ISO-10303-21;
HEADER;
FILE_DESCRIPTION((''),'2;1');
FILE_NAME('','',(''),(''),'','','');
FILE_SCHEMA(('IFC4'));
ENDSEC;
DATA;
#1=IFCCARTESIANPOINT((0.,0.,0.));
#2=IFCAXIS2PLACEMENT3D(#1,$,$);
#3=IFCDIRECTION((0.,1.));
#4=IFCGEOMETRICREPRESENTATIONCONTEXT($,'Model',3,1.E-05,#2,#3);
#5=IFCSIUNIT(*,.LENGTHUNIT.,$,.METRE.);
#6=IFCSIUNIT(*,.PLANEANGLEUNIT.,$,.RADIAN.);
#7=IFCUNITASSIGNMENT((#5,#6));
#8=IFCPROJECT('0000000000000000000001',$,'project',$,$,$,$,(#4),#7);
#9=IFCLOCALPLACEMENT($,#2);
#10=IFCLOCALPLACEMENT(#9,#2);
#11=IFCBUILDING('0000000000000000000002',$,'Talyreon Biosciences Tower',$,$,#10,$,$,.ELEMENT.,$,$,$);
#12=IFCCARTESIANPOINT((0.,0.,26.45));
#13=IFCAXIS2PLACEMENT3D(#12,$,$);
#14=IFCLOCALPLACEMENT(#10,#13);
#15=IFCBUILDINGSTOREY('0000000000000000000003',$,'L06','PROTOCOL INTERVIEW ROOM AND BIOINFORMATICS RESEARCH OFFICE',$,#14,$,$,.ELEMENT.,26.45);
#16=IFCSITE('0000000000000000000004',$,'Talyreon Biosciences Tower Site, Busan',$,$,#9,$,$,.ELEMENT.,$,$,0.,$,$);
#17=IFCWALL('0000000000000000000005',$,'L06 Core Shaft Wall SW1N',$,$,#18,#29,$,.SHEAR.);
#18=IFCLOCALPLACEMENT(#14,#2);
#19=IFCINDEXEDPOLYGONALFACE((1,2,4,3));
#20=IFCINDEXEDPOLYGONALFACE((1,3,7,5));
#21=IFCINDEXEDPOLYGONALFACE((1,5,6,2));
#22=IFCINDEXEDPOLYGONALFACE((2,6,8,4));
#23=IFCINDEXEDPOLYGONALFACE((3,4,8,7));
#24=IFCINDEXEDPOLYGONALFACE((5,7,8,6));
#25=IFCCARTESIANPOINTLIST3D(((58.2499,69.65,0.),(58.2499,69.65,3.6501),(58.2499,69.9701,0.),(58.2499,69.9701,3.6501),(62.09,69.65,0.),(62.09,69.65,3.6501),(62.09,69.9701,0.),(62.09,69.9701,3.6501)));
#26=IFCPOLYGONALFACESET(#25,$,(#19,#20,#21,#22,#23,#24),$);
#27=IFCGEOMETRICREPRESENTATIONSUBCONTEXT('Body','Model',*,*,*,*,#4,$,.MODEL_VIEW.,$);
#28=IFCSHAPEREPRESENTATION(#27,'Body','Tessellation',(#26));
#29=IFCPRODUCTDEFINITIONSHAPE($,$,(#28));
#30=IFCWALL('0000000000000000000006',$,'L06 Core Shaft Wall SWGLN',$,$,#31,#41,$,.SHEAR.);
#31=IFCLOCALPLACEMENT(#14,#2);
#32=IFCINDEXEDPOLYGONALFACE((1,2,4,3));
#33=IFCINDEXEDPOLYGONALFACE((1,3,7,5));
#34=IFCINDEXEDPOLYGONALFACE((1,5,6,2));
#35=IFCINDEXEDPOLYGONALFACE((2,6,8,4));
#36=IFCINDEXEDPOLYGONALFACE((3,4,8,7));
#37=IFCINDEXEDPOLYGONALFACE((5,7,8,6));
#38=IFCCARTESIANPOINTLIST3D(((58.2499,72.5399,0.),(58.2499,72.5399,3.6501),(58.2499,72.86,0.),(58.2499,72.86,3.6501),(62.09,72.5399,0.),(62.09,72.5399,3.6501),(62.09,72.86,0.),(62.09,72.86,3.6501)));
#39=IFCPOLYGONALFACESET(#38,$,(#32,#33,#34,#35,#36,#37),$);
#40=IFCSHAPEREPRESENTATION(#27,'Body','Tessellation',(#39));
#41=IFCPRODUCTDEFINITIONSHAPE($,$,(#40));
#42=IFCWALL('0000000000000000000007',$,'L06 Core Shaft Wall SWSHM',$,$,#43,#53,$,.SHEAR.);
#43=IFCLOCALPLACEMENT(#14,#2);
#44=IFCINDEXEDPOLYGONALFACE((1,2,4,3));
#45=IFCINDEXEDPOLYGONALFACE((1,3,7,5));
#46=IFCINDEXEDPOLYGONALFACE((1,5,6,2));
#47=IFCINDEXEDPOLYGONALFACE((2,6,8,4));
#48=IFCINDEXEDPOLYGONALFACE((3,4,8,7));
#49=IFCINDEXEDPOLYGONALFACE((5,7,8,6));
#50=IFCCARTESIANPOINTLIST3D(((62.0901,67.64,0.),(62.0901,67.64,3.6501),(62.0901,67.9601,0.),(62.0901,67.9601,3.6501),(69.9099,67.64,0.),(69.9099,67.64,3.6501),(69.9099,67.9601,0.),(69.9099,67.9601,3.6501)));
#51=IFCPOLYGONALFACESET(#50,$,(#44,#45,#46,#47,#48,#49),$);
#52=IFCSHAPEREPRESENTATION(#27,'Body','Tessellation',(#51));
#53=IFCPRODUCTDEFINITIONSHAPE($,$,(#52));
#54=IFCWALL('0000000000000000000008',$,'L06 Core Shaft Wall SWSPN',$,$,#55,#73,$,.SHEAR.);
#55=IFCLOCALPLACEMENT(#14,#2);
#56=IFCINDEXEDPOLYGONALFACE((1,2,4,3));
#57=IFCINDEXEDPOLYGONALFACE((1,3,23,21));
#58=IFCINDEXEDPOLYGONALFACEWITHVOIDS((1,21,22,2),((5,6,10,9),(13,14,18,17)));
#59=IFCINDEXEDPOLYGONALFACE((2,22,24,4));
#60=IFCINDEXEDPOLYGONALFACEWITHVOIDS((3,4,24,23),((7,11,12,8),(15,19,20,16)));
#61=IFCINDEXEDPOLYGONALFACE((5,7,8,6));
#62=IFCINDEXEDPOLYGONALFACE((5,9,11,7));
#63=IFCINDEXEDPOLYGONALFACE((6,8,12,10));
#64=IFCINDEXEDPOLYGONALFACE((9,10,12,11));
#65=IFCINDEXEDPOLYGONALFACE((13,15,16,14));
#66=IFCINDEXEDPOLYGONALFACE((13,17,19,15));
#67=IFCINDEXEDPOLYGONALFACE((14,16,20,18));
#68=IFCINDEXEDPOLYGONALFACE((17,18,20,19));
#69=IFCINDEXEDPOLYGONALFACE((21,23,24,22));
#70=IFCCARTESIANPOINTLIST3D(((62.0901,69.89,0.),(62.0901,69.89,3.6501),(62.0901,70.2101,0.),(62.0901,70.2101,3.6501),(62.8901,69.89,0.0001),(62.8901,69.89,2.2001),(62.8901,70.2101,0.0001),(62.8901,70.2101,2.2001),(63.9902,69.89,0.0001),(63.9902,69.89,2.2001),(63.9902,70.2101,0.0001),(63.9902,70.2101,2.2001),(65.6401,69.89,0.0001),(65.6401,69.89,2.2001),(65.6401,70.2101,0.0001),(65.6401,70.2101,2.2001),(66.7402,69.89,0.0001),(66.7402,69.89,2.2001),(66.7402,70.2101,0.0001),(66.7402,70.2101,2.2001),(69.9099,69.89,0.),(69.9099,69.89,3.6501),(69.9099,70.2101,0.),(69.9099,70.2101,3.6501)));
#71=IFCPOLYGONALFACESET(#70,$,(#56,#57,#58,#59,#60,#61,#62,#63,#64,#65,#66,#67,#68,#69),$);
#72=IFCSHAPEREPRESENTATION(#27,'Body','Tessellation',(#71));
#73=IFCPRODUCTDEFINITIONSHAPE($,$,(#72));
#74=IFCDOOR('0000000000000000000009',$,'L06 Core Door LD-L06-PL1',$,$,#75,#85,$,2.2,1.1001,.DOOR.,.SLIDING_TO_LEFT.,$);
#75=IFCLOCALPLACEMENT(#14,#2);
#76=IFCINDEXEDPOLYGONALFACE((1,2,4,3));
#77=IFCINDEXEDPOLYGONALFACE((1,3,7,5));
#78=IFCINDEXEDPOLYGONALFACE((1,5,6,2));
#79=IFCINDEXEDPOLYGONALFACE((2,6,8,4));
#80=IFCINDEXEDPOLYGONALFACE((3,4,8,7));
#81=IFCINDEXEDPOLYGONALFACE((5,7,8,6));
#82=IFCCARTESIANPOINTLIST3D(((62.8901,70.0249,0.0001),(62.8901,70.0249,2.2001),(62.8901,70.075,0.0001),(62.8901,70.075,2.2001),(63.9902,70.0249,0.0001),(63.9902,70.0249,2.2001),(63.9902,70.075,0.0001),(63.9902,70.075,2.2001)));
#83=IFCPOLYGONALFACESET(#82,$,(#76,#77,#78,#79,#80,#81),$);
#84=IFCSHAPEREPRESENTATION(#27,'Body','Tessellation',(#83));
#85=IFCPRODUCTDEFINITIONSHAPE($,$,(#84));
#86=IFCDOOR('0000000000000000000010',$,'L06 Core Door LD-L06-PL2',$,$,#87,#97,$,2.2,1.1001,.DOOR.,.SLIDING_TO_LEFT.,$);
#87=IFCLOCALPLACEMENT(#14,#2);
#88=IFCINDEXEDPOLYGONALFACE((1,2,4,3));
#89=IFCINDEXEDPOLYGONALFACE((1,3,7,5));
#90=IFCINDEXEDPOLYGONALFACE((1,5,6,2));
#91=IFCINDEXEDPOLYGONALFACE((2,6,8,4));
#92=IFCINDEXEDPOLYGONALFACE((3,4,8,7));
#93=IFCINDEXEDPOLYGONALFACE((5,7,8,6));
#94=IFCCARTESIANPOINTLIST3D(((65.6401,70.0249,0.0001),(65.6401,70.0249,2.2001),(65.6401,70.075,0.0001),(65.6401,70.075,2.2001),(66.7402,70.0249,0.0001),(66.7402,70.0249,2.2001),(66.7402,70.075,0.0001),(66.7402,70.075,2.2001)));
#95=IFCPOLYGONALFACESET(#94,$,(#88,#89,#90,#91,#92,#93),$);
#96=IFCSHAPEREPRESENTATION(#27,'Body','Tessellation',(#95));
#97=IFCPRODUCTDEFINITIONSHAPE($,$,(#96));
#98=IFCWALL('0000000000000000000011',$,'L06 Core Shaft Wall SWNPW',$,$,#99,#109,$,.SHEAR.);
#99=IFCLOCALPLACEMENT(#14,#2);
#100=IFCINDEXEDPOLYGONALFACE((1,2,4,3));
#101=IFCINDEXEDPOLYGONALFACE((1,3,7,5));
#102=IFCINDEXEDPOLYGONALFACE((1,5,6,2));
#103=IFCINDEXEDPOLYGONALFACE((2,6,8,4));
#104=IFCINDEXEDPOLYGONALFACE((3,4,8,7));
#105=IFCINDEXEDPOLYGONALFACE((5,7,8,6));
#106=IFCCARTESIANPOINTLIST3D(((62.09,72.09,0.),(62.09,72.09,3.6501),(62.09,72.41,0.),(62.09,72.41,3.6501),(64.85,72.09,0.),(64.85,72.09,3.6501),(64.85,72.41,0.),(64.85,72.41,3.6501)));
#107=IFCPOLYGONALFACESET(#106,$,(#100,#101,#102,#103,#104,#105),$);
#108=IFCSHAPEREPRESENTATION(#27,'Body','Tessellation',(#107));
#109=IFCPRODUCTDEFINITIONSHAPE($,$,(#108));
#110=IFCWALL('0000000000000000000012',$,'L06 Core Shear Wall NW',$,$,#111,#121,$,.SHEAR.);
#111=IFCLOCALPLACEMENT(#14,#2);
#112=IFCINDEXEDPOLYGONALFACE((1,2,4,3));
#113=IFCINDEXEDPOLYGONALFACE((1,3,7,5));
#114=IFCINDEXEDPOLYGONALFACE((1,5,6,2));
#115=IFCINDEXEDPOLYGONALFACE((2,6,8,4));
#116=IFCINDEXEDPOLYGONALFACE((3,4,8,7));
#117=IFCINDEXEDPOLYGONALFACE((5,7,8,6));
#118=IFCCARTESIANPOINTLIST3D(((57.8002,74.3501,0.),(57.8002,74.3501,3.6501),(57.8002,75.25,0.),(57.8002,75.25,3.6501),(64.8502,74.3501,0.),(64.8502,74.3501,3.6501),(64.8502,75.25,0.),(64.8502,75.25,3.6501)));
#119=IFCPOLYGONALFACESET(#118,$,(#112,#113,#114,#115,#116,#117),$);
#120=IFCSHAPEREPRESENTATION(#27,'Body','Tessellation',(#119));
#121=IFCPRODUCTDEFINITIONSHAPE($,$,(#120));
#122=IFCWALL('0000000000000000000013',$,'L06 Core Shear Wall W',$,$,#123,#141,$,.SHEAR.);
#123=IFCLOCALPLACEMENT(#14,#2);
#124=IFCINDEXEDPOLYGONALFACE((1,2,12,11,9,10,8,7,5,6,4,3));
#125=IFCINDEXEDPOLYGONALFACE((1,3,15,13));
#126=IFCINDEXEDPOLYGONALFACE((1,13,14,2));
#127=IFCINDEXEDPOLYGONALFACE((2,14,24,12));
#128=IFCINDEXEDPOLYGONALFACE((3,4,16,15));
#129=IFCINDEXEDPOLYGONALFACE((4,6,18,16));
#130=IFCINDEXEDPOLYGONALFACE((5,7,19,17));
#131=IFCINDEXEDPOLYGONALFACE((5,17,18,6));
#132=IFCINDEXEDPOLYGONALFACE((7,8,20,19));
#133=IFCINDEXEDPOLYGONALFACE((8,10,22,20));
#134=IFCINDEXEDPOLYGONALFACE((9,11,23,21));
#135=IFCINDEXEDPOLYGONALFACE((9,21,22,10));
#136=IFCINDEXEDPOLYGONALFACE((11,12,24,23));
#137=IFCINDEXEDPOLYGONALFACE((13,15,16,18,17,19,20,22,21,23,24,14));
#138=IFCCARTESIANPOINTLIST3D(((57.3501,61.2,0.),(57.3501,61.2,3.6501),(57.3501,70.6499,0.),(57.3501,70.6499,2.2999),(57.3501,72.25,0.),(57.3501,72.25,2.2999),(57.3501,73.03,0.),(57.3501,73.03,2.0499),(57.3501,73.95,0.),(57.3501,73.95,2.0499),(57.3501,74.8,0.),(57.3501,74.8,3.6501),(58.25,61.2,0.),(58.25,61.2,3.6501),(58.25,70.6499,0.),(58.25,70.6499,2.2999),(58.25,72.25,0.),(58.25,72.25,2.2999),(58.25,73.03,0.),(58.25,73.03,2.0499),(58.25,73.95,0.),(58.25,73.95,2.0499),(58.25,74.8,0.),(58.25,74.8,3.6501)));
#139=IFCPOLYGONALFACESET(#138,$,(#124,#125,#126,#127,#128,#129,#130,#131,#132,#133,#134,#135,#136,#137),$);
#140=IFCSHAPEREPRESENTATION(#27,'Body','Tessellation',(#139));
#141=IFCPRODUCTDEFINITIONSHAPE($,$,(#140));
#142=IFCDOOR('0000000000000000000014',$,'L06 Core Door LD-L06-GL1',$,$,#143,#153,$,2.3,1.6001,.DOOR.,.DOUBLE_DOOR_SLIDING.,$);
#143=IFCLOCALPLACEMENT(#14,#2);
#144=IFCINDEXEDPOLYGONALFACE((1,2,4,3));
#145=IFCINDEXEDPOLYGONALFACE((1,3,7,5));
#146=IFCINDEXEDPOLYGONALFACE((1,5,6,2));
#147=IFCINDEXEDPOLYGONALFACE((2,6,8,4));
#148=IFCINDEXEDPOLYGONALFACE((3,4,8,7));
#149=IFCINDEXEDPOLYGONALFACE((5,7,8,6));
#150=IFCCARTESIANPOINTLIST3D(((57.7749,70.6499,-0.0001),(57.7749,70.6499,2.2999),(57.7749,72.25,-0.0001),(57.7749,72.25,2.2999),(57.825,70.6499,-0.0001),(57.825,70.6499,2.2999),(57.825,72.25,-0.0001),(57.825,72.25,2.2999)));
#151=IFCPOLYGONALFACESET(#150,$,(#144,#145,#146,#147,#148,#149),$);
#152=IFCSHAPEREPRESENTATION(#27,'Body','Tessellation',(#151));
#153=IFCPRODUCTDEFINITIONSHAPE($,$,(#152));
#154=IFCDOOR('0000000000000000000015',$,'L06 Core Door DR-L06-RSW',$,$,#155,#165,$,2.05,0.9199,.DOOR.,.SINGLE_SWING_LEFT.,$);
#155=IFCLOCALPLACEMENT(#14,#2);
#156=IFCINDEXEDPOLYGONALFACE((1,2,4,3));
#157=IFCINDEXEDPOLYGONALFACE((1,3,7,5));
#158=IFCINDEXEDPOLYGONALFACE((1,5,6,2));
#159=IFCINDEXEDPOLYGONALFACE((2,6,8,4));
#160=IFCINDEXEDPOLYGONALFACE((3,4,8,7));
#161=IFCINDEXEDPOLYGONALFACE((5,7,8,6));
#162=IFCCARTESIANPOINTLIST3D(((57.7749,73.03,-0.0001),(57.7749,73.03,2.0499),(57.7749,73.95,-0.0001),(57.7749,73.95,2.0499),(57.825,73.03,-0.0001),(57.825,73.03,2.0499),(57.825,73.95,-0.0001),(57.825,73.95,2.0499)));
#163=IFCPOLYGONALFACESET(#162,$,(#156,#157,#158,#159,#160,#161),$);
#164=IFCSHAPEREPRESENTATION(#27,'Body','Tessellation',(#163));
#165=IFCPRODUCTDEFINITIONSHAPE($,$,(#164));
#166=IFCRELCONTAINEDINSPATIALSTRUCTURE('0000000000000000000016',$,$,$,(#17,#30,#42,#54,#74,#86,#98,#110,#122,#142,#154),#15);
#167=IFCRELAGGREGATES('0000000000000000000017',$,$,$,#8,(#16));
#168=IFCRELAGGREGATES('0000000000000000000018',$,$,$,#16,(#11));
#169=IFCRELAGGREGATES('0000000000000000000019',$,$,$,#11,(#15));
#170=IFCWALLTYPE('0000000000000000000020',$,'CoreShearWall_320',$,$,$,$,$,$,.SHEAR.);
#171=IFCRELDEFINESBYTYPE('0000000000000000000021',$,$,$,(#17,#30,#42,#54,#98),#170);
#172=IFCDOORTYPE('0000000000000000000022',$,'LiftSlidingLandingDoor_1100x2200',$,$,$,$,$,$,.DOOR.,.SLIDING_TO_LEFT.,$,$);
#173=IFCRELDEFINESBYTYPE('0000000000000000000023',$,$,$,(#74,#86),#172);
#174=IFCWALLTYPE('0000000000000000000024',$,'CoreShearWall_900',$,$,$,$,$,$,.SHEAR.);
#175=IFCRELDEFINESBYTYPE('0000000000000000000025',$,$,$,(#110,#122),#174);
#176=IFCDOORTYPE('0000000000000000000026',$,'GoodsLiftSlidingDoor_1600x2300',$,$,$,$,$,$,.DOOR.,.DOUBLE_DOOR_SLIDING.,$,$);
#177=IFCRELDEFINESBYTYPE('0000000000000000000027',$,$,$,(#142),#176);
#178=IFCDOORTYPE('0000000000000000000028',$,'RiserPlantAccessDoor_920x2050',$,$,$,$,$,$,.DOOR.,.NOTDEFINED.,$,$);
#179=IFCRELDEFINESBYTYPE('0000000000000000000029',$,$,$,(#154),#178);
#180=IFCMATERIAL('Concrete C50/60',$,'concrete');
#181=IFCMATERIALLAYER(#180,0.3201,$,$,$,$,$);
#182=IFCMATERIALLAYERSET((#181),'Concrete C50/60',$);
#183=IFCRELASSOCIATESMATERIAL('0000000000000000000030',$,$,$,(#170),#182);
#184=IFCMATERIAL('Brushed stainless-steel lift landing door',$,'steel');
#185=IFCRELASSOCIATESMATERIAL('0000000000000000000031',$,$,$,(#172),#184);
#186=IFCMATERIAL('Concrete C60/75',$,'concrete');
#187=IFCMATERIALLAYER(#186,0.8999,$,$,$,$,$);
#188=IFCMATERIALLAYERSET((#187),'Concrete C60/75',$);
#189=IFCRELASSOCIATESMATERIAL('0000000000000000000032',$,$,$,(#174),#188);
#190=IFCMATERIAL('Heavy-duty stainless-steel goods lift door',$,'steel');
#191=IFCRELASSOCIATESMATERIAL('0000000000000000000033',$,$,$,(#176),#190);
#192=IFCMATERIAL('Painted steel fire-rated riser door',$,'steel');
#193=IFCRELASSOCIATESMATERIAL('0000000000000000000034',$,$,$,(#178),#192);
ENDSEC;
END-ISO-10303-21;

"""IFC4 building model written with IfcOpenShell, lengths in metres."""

from ifc_helpers import new_model, si_unit, direction, frame, frame_2d, origin, place, context, subcontext, project, spatial, rectangle, extrude, material, layer, layer_set, type_object, element, fill, save


model = new_model("IFC4")

# Units and contexts
model_context = context("Model", 3, precision=1e-05, world=origin(), true_north=direction((0.0, 1.0)))
body_context = subcontext(model_context, "Body", "Model", "MODEL_VIEW")
ifc_project = project(units=[si_unit("LENGTHUNIT", "METRE"), si_unit("PLANEANGLEUNIT", "RADIAN")], contexts=[model_context])

# Site, building, storey
site_placement = place(None, origin())
site = spatial("IfcSite", under=ifc_project, at=site_placement, Name="Talyreon Biosciences Tower Site, Busan", CompositionType="ELEMENT", RefElevation=0.0)
building_placement = place(site_placement, origin())
building = spatial("IfcBuilding", under=site, at=building_placement, Name="Talyreon Biosciences Tower", CompositionType="ELEMENT")
storey_placement = place(building_placement, frame((0.0, 0.0, 26.45)))
storey = spatial("IfcBuildingStorey", under=building, at=storey_placement, Name="L06", Description="PROTOCOL INTERVIEW ROOM AND BIOINFORMATICS RESEARCH OFFICE", CompositionType="ELEMENT", Elevation=26.45)

# Shared definitions
ifc_material_1 = material(Name="Concrete C60/75", Category="concrete")

# Walls
ifc_material_2 = material(Name="Concrete C50/60", Category="concrete")
ifc_layer_1 = layer(ifc_material_2, 0.3201)
ifc_layer_set_1 = layer_set([ifc_layer_1], Name="Concrete C50/60")
wall_type_1 = type_object("IfcWallType", Name="CoreShearWall_320", PredefinedType="SHEAR", material=ifc_layer_set_1)
for number, where, z_axis, x_axis, name in (
    (1, (58.25, 69.8101, 0.0), (0.0, 0.0, 1.0), (1.0, 0.0, 0.0), "L06 Core Shaft Wall SW1N"),
    (2, (58.25, 72.7, 0.0), (0.0, 0.0, 1.0), (1.0, 0.0, 0.0), "L06 Core Shaft Wall SWGLN"),
):
    element("IfcWall", number, at=place(storey_placement, frame(where, z_axis=z_axis, x_axis=x_axis)), inside=storey, type_object=wall_type_1, Name=name, PredefinedType="SHEAR", context=body_context, shape_type="SweptSolid", body=[
        extrude(rectangle(XDim=3.8401, YDim=0.3201, at=frame_2d((1.9199, 0.0))), origin(), (0.0, 0.0, 1.0), 3.6501),
    ])
wall_1_placement = place(storey_placement, frame((62.0901, 67.8, 0.0), z_axis=(0.0, 0.0, 1.0), x_axis=(1.0, 0.0, 0.0)))
element("IfcWall", 3, at=wall_1_placement, inside=storey, type_object=wall_type_1, Name="L06 Core Shaft Wall SWSHM", PredefinedType="SHEAR", context=body_context, shape_type="SweptSolid", body=[
    extrude(rectangle(XDim=7.8198, YDim=0.3201, at=frame_2d((3.9099, 0.0))), origin(), (0.0, 0.0, 1.0), 3.6501),
])

# Wall, openings, doors
wall_2_placement = place(storey_placement, frame((62.0901, 70.05, 0.0), z_axis=(0.0, 0.0, 1.0), x_axis=(1.0, 0.0, 0.0)))
wall_2 = element("IfcWall", 4, at=wall_2_placement, inside=storey, type_object=wall_type_1, Name="L06 Core Shaft Wall SWSPN", PredefinedType="SHEAR", context=body_context, shape_type="SweptSolid", body=[
    extrude(rectangle(XDim=7.8198, YDim=0.3201, at=frame_2d((3.9099, 0.0))), origin(), (0.0, 0.0, 1.0), 3.6501),
])
opening_1_placement = place(wall_2_placement, frame((0.8, 0.0, 0.0)))
opening_1 = element("IfcOpeningElement", 5, at=opening_1_placement, cuts=wall_2, PredefinedType="OPENING", context=body_context, shape_type="SweptSolid", body=[
    extrude(rectangle(XDim=1.1001, YDim=2.2, at=frame_2d((0.55, 1.1001))), frame((0.0, 0.1699, 0.0), z_axis=(0.0, -1.0, 0.0), x_axis=(1.0, 0.0, 0.0)), (0.0, 0.0, 1.0), 0.3401),
])
opening_2_placement = place(wall_2_placement, frame((3.55, 0.0, 0.0)))
opening_2 = element("IfcOpeningElement", 6, at=opening_2_placement, cuts=wall_2, PredefinedType="OPENING", context=body_context, shape_type="SweptSolid", body=[
    extrude(rectangle(XDim=1.1001, YDim=2.2, at=frame_2d((0.55, 1.1001))), frame((0.0, 0.1699, 0.0), z_axis=(0.0, -1.0, 0.0), x_axis=(1.0, 0.0, 0.0)), (0.0, 0.0, 1.0), 0.3401),
])
ifc_material_3 = material(Name="Brushed stainless-steel lift landing door", Category="steel")
door_type_1 = type_object("IfcDoorType", Name="LiftSlidingLandingDoor_1100x2200", OperationType="SLIDING_TO_LEFT", PredefinedType="DOOR", material=ifc_material_3)
door_1_placement = place(opening_1_placement, origin())
door_1 = element("IfcDoor", 7, at=door_1_placement, inside=storey, type_object=door_type_1, Name="L06 Core Door LD-L06-PL1", OperationType="SLIDING_TO_LEFT", OverallHeight=2.2, OverallWidth=1.1001, PredefinedType="DOOR", context=body_context, shape_type="SweptSolid", body=[
    extrude(rectangle(XDim=1.1001, YDim=2.2, at=frame_2d((0.55, 1.1001))), frame((0.0, 0.0249, 0.0), z_axis=(0.0, -1.0, 0.0), x_axis=(1.0, 0.0, 0.0)), (0.0, 0.0, 1.0), 0.05),
])
fill(opening_1, door_1)
door_2_placement = place(opening_2_placement, origin())
door_2 = element("IfcDoor", 8, at=door_2_placement, inside=storey, type_object=door_type_1, Name="L06 Core Door LD-L06-PL2", OperationType="SLIDING_TO_LEFT", OverallHeight=2.2, OverallWidth=1.1001, PredefinedType="DOOR", context=body_context, shape_type="SweptSolid", body=[
    extrude(rectangle(XDim=1.1001, YDim=2.2, at=frame_2d((0.55, 1.1001))), frame((0.0, 0.0249, 0.0), z_axis=(0.0, -1.0, 0.0), x_axis=(1.0, 0.0, 0.0)), (0.0, 0.0, 1.0), 0.05),
])
fill(opening_2, door_2)

# Walls
wall_3_placement = place(storey_placement, frame((62.0901, 72.25, 0.0), z_axis=(0.0, 0.0, 1.0), x_axis=(1.0, 0.0, 0.0)))
element("IfcWall", 9, at=wall_3_placement, inside=storey, type_object=wall_type_1, Name="L06 Core Shaft Wall SWNPW", PredefinedType="SHEAR", context=body_context, shape_type="SweptSolid", body=[
    extrude(rectangle(XDim=2.76, YDim=0.3201, at=frame_2d((1.3799, 0.0))), origin(), (0.0, 0.0, 1.0), 3.6501),
])
ifc_layer_2 = layer(ifc_material_1, 0.8999)
ifc_layer_set_2 = layer_set([ifc_layer_2], Name="Concrete C60/75")
wall_type_2 = type_object("IfcWallType", Name="CoreShearWall_900", PredefinedType="SHEAR", material=ifc_layer_set_2)
wall_4_placement = place(storey_placement, frame((64.8501, 74.8, 0.0), z_axis=(0.0, 0.0, 1.0), x_axis=(-1.0, 0.0, 0.0)))
element("IfcWall", 10, at=wall_4_placement, inside=storey, type_object=wall_type_2, Name="L06 Core Shear Wall NW", PredefinedType="SHEAR", context=body_context, shape_type="SweptSolid", body=[
    extrude(rectangle(XDim=7.05, YDim=0.8999, at=frame_2d((3.5249, 0.0))), origin(), (0.0, 0.0, 1.0), 3.6501),
])

# Wall, openings, doors
wall_5_placement = place(storey_placement, frame((57.8, 74.8, 0.0), z_axis=(0.0, 0.0, 1.0), x_axis=(0.0, -1.0, 0.0)))
wall_5 = element("IfcWall", 11, at=wall_5_placement, inside=storey, type_object=wall_type_2, Name="L06 Core Shear Wall W", PredefinedType="SHEAR", context=body_context, shape_type="SweptSolid", body=[
    extrude(rectangle(XDim=13.6001, YDim=0.8999, at=frame_2d((6.8, 0.0))), origin(), (0.0, 0.0, 1.0), 3.6501),
])
opening_3_placement = place(wall_5_placement, frame((0.8501, 0.0, 0.0)))
opening_3 = element("IfcOpeningElement", 12, at=opening_3_placement, cuts=wall_5, PredefinedType="OPENING", context=body_context, shape_type="SweptSolid", body=[
    extrude(rectangle(XDim=0.9199, YDim=2.05, at=frame_2d((0.46, 1.0249))), frame((0.0, 0.46, 0.0), z_axis=(0.0, -1.0, 0.0), x_axis=(1.0, 0.0, 0.0)), (0.0, 0.0, 1.0), 0.9199),
])
opening_4_placement = place(wall_5_placement, frame((2.55, 0.0, 0.0)))
opening_4 = element("IfcOpeningElement", 13, at=opening_4_placement, cuts=wall_5, PredefinedType="OPENING", context=body_context, shape_type="SweptSolid", body=[
    extrude(rectangle(XDim=1.6001, YDim=2.3, at=frame_2d((0.8, 1.1499))), frame((0.0, 0.46, 0.0), z_axis=(0.0, -1.0, 0.0), x_axis=(1.0, 0.0, 0.0)), (0.0, 0.0, 1.0), 0.9199),
])
ifc_material_4 = material(Name="Heavy-duty stainless-steel goods lift door", Category="steel")
door_type_2 = type_object("IfcDoorType", Name="GoodsLiftSlidingDoor_1600x2300", OperationType="DOUBLE_DOOR_SLIDING", PredefinedType="DOOR", material=ifc_material_4)
door_3_placement = place(opening_4_placement, origin())
door_3 = element("IfcDoor", 14, at=door_3_placement, inside=storey, type_object=door_type_2, Name="L06 Core Door LD-L06-GL1", OperationType="DOUBLE_DOOR_SLIDING", OverallHeight=2.3, OverallWidth=1.6001, PredefinedType="DOOR", context=body_context, shape_type="SweptSolid", body=[
    extrude(rectangle(XDim=1.6001, YDim=2.3, at=frame_2d((0.8, 1.1499))), frame((0.0, 0.0249, 0.0), z_axis=(0.0, -1.0, 0.0), x_axis=(1.0, 0.0, 0.0)), (0.0, 0.0, 1.0), 0.05),
])
fill(opening_4, door_3)
ifc_material_5 = material(Name="Painted steel fire-rated riser door", Category="steel")
door_type_3 = type_object("IfcDoorType", Name="RiserPlantAccessDoor_920x2050", OperationType="NOTDEFINED", PredefinedType="DOOR", material=ifc_material_5)
door_4_placement = place(opening_3_placement, origin())
door_4 = element("IfcDoor", 15, at=door_4_placement, inside=storey, type_object=door_type_3, Name="L06 Core Door DR-L06-RSW", OperationType="SINGLE_SWING_LEFT", OverallHeight=2.05, OverallWidth=0.9199, PredefinedType="DOOR", context=body_context, shape_type="SweptSolid", body=[
    extrude(rectangle(XDim=0.9199, YDim=2.05, at=frame_2d((0.46, 1.0249))), frame((0.0, 0.0249, 0.0), z_axis=(0.0, -1.0, 0.0), x_axis=(1.0, 0.0, 0.0)), (0.0, 0.0, 1.0), 0.05),
])
fill(opening_3, door_4)

save(model, "model.ifc")
